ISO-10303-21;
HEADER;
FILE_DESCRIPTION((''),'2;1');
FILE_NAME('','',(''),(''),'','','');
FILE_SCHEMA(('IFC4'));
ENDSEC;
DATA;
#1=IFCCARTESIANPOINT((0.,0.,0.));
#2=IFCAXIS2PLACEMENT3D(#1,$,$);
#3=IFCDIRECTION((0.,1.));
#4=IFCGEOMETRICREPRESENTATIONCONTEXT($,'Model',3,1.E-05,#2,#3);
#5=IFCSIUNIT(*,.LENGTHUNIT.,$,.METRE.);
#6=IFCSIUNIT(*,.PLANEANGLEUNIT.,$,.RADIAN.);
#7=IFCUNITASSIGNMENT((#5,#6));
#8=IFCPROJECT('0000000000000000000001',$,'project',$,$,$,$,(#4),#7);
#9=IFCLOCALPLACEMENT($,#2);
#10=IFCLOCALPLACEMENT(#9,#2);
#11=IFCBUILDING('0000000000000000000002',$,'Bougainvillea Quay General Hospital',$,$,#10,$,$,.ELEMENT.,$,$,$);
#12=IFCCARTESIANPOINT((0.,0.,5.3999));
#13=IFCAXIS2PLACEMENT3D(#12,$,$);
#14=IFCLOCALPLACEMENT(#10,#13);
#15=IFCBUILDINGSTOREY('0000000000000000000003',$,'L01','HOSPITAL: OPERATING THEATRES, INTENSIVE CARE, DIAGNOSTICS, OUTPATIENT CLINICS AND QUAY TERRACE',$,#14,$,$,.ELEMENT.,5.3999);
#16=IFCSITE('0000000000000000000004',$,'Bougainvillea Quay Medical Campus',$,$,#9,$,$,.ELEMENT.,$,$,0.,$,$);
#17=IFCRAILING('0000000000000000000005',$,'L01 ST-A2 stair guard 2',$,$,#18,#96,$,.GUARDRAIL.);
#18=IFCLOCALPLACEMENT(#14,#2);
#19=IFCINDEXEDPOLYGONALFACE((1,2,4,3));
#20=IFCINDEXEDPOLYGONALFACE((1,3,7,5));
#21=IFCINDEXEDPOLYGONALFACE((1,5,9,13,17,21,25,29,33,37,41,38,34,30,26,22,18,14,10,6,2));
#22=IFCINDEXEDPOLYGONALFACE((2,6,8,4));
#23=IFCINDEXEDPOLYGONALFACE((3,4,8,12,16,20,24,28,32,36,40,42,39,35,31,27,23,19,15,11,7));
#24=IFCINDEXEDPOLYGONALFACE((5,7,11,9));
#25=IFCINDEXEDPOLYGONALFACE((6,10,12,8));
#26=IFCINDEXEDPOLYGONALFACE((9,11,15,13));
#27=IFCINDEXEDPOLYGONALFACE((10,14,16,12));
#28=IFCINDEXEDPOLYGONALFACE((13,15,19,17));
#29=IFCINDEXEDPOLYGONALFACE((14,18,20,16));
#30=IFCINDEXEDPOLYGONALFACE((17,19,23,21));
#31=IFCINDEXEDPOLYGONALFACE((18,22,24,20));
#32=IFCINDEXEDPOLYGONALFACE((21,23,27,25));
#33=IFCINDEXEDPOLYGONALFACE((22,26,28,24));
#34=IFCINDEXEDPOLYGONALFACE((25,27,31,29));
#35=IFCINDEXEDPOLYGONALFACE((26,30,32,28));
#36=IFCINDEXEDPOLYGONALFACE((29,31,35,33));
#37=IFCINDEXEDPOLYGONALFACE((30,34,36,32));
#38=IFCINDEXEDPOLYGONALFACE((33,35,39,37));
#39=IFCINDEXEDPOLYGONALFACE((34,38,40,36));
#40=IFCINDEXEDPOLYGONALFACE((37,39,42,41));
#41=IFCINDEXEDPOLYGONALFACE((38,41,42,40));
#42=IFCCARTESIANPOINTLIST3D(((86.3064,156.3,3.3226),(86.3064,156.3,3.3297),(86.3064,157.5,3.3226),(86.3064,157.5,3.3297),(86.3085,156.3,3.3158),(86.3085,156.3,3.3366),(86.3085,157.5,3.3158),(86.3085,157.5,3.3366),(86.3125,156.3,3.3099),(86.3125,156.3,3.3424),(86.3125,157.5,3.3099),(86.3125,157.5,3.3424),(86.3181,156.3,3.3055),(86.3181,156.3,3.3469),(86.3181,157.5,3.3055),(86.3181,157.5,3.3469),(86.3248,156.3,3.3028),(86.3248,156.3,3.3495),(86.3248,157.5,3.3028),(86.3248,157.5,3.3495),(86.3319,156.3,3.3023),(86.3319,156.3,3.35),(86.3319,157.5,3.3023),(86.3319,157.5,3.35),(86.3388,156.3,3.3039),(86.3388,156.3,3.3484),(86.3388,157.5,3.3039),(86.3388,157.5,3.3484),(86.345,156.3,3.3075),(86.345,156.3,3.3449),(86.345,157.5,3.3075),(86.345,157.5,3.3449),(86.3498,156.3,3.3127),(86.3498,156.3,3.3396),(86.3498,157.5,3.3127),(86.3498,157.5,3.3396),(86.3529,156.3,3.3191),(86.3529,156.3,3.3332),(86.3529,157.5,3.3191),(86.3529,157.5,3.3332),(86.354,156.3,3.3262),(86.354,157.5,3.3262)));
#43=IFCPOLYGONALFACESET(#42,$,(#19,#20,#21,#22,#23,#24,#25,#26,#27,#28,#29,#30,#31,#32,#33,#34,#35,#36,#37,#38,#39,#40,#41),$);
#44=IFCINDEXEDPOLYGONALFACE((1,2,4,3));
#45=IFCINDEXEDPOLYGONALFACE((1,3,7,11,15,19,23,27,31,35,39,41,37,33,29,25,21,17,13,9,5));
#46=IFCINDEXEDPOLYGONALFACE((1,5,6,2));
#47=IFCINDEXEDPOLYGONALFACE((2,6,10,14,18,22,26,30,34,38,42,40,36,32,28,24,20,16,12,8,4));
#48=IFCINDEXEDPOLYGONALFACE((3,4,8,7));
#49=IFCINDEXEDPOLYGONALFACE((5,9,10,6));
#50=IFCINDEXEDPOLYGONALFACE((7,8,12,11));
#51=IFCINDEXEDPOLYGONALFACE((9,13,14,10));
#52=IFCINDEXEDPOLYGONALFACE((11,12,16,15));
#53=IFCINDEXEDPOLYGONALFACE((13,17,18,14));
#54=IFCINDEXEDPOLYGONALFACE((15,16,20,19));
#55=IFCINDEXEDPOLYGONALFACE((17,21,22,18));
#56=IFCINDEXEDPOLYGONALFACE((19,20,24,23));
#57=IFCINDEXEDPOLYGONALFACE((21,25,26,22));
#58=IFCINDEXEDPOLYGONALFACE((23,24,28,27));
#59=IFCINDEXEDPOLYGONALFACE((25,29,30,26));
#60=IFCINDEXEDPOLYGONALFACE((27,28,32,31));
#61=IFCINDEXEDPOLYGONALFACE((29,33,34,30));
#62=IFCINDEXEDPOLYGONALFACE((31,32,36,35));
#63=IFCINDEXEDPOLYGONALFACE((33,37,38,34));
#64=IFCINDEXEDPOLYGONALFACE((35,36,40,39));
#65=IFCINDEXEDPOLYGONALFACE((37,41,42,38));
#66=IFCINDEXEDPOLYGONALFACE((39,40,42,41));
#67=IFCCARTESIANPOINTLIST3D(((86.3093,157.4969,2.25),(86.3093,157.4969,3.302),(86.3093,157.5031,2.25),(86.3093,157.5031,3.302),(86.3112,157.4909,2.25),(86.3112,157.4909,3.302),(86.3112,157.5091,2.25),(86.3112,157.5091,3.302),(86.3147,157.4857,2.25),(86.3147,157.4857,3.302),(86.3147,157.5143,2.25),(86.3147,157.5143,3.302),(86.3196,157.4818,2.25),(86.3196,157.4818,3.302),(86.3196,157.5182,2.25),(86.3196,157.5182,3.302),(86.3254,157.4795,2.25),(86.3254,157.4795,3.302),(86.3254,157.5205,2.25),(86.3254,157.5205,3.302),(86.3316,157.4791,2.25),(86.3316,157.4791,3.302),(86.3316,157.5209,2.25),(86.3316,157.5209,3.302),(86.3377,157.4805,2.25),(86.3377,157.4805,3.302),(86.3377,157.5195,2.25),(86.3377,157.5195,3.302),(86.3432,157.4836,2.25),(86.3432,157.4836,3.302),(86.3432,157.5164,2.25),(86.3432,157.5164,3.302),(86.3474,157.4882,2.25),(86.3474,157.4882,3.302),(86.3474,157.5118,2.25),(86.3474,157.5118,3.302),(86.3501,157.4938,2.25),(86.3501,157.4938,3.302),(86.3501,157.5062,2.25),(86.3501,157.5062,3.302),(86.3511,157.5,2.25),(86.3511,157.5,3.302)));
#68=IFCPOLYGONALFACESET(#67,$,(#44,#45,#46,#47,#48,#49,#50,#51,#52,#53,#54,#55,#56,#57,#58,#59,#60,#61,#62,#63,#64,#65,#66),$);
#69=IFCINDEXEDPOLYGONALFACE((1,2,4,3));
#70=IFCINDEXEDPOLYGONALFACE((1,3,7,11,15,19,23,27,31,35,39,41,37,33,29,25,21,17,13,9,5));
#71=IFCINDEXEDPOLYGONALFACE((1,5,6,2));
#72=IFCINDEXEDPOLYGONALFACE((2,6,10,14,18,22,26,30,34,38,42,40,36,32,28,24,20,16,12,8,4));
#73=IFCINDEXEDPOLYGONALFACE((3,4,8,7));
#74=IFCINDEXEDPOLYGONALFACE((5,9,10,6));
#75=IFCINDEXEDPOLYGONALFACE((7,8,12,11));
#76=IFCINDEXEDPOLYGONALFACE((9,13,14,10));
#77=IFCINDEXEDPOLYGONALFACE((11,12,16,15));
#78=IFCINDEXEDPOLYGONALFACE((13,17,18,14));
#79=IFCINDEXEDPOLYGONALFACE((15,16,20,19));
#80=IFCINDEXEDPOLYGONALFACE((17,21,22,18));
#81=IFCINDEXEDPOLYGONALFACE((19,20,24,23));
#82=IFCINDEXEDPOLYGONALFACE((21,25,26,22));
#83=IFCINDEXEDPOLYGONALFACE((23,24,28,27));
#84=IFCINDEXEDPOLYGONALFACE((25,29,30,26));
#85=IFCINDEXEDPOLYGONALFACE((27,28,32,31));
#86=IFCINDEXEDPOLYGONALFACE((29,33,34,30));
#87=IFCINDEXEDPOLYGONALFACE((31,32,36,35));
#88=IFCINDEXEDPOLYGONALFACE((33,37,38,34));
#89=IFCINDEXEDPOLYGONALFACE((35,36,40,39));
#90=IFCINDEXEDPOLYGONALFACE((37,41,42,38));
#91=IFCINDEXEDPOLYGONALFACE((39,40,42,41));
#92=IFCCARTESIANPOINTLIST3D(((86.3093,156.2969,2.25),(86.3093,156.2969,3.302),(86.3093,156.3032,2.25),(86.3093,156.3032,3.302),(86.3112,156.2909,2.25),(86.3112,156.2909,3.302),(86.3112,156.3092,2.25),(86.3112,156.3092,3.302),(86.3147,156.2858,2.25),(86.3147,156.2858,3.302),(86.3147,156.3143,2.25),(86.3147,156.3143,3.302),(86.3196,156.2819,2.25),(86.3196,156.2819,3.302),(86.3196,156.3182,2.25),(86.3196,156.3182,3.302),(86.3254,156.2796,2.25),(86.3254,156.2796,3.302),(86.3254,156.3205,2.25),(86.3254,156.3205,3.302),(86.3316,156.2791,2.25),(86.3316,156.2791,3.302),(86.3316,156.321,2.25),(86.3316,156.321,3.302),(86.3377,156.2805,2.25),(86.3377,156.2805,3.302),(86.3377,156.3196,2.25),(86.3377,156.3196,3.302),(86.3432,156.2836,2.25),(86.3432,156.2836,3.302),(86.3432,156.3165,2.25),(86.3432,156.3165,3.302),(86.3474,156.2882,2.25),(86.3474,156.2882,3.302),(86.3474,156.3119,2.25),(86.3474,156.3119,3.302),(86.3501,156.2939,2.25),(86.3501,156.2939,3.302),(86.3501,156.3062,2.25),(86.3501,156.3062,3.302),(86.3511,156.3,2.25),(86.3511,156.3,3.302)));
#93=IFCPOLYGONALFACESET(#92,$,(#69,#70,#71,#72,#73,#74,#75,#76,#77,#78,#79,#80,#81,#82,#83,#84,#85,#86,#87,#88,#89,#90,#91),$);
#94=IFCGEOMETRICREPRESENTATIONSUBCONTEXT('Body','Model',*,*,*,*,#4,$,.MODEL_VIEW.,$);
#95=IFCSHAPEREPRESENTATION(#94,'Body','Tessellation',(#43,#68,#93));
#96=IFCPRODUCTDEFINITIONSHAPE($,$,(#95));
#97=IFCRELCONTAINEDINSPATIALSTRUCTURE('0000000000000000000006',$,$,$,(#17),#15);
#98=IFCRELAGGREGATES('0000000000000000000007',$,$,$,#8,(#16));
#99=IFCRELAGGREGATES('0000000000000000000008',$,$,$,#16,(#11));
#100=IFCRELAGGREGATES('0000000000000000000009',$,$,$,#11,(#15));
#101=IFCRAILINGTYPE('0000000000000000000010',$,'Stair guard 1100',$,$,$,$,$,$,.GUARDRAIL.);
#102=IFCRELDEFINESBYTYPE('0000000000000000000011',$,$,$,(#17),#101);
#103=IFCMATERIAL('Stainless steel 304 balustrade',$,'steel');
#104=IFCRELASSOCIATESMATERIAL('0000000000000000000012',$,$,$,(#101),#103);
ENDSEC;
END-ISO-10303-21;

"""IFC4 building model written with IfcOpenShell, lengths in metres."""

from ifc_helpers import new_model, si_unit, direction, frame, origin, origin_2d, place, context, subcontext, project, spatial, circle, extrude, material, type_object, element, save


model = new_model("IFC4")

# Units and contexts
model_context = context("Model", 3, precision=1e-05, world=origin(), true_north=direction((0.0, 1.0)))
body_context = subcontext(model_context, "Body", "Model", "MODEL_VIEW")
ifc_project = project(units=[si_unit("LENGTHUNIT", "METRE"), si_unit("PLANEANGLEUNIT", "RADIAN")], contexts=[model_context])

# Site, building, storey
site_placement = place(None, origin())
site = spatial("IfcSite", under=ifc_project, at=site_placement, Name="Bougainvillea Quay Medical Campus", CompositionType="ELEMENT", RefElevation=0.0)
building_placement = place(site_placement, origin())
building = spatial("IfcBuilding", under=site, at=building_placement, Name="Bougainvillea Quay General Hospital", CompositionType="ELEMENT")
storey_placement = place(building_placement, frame((0.0, 0.0, 5.3999)))
storey = spatial("IfcBuildingStorey", under=building, at=storey_placement, Name="L01", Description="HOSPITAL: OPERATING THEATRES, INTENSIVE CARE, DIAGNOSTICS, OUTPATIENT CLINICS AND QUAY TERRACE", CompositionType="ELEMENT", Elevation=5.3999)

# Railing
ifc_material_1 = material(Name="Stainless steel 304 balustrade", Category="steel")
railing_type_1 = type_object("IfcRailingType", Name="Stair guard 1100", PredefinedType="GUARDRAIL", material=ifc_material_1)
railing_1_placement = place(storey_placement, frame((86.3301, 157.5, 2.25)))
element("IfcRailing", 1, at=railing_1_placement, inside=storey, type_object=railing_type_1, Name="L01 ST-A2 stair guard 2", PredefinedType="GUARDRAIL", context=body_context, shape_type="SweptSolid", body=[
    extrude(circle(Radius=0.0239, at=origin_2d()), frame((0.0, 0.0, 1.0762), z_axis=(0.0, -1.0, 0.0), x_axis=(1.0, 0.0, 0.0)), (0.0, 0.0, 1.0), 1.2),
    extrude(circle(Radius=0.021, at=origin_2d()), origin(), (0.0, 0.0, 1.0), 1.052),
    extrude(circle(Radius=0.021, at=origin_2d()), frame((0.0, -1.2, 0.0)), (0.0, 0.0, 1.0), 1.052),
])

save(model, "model.ifc")
